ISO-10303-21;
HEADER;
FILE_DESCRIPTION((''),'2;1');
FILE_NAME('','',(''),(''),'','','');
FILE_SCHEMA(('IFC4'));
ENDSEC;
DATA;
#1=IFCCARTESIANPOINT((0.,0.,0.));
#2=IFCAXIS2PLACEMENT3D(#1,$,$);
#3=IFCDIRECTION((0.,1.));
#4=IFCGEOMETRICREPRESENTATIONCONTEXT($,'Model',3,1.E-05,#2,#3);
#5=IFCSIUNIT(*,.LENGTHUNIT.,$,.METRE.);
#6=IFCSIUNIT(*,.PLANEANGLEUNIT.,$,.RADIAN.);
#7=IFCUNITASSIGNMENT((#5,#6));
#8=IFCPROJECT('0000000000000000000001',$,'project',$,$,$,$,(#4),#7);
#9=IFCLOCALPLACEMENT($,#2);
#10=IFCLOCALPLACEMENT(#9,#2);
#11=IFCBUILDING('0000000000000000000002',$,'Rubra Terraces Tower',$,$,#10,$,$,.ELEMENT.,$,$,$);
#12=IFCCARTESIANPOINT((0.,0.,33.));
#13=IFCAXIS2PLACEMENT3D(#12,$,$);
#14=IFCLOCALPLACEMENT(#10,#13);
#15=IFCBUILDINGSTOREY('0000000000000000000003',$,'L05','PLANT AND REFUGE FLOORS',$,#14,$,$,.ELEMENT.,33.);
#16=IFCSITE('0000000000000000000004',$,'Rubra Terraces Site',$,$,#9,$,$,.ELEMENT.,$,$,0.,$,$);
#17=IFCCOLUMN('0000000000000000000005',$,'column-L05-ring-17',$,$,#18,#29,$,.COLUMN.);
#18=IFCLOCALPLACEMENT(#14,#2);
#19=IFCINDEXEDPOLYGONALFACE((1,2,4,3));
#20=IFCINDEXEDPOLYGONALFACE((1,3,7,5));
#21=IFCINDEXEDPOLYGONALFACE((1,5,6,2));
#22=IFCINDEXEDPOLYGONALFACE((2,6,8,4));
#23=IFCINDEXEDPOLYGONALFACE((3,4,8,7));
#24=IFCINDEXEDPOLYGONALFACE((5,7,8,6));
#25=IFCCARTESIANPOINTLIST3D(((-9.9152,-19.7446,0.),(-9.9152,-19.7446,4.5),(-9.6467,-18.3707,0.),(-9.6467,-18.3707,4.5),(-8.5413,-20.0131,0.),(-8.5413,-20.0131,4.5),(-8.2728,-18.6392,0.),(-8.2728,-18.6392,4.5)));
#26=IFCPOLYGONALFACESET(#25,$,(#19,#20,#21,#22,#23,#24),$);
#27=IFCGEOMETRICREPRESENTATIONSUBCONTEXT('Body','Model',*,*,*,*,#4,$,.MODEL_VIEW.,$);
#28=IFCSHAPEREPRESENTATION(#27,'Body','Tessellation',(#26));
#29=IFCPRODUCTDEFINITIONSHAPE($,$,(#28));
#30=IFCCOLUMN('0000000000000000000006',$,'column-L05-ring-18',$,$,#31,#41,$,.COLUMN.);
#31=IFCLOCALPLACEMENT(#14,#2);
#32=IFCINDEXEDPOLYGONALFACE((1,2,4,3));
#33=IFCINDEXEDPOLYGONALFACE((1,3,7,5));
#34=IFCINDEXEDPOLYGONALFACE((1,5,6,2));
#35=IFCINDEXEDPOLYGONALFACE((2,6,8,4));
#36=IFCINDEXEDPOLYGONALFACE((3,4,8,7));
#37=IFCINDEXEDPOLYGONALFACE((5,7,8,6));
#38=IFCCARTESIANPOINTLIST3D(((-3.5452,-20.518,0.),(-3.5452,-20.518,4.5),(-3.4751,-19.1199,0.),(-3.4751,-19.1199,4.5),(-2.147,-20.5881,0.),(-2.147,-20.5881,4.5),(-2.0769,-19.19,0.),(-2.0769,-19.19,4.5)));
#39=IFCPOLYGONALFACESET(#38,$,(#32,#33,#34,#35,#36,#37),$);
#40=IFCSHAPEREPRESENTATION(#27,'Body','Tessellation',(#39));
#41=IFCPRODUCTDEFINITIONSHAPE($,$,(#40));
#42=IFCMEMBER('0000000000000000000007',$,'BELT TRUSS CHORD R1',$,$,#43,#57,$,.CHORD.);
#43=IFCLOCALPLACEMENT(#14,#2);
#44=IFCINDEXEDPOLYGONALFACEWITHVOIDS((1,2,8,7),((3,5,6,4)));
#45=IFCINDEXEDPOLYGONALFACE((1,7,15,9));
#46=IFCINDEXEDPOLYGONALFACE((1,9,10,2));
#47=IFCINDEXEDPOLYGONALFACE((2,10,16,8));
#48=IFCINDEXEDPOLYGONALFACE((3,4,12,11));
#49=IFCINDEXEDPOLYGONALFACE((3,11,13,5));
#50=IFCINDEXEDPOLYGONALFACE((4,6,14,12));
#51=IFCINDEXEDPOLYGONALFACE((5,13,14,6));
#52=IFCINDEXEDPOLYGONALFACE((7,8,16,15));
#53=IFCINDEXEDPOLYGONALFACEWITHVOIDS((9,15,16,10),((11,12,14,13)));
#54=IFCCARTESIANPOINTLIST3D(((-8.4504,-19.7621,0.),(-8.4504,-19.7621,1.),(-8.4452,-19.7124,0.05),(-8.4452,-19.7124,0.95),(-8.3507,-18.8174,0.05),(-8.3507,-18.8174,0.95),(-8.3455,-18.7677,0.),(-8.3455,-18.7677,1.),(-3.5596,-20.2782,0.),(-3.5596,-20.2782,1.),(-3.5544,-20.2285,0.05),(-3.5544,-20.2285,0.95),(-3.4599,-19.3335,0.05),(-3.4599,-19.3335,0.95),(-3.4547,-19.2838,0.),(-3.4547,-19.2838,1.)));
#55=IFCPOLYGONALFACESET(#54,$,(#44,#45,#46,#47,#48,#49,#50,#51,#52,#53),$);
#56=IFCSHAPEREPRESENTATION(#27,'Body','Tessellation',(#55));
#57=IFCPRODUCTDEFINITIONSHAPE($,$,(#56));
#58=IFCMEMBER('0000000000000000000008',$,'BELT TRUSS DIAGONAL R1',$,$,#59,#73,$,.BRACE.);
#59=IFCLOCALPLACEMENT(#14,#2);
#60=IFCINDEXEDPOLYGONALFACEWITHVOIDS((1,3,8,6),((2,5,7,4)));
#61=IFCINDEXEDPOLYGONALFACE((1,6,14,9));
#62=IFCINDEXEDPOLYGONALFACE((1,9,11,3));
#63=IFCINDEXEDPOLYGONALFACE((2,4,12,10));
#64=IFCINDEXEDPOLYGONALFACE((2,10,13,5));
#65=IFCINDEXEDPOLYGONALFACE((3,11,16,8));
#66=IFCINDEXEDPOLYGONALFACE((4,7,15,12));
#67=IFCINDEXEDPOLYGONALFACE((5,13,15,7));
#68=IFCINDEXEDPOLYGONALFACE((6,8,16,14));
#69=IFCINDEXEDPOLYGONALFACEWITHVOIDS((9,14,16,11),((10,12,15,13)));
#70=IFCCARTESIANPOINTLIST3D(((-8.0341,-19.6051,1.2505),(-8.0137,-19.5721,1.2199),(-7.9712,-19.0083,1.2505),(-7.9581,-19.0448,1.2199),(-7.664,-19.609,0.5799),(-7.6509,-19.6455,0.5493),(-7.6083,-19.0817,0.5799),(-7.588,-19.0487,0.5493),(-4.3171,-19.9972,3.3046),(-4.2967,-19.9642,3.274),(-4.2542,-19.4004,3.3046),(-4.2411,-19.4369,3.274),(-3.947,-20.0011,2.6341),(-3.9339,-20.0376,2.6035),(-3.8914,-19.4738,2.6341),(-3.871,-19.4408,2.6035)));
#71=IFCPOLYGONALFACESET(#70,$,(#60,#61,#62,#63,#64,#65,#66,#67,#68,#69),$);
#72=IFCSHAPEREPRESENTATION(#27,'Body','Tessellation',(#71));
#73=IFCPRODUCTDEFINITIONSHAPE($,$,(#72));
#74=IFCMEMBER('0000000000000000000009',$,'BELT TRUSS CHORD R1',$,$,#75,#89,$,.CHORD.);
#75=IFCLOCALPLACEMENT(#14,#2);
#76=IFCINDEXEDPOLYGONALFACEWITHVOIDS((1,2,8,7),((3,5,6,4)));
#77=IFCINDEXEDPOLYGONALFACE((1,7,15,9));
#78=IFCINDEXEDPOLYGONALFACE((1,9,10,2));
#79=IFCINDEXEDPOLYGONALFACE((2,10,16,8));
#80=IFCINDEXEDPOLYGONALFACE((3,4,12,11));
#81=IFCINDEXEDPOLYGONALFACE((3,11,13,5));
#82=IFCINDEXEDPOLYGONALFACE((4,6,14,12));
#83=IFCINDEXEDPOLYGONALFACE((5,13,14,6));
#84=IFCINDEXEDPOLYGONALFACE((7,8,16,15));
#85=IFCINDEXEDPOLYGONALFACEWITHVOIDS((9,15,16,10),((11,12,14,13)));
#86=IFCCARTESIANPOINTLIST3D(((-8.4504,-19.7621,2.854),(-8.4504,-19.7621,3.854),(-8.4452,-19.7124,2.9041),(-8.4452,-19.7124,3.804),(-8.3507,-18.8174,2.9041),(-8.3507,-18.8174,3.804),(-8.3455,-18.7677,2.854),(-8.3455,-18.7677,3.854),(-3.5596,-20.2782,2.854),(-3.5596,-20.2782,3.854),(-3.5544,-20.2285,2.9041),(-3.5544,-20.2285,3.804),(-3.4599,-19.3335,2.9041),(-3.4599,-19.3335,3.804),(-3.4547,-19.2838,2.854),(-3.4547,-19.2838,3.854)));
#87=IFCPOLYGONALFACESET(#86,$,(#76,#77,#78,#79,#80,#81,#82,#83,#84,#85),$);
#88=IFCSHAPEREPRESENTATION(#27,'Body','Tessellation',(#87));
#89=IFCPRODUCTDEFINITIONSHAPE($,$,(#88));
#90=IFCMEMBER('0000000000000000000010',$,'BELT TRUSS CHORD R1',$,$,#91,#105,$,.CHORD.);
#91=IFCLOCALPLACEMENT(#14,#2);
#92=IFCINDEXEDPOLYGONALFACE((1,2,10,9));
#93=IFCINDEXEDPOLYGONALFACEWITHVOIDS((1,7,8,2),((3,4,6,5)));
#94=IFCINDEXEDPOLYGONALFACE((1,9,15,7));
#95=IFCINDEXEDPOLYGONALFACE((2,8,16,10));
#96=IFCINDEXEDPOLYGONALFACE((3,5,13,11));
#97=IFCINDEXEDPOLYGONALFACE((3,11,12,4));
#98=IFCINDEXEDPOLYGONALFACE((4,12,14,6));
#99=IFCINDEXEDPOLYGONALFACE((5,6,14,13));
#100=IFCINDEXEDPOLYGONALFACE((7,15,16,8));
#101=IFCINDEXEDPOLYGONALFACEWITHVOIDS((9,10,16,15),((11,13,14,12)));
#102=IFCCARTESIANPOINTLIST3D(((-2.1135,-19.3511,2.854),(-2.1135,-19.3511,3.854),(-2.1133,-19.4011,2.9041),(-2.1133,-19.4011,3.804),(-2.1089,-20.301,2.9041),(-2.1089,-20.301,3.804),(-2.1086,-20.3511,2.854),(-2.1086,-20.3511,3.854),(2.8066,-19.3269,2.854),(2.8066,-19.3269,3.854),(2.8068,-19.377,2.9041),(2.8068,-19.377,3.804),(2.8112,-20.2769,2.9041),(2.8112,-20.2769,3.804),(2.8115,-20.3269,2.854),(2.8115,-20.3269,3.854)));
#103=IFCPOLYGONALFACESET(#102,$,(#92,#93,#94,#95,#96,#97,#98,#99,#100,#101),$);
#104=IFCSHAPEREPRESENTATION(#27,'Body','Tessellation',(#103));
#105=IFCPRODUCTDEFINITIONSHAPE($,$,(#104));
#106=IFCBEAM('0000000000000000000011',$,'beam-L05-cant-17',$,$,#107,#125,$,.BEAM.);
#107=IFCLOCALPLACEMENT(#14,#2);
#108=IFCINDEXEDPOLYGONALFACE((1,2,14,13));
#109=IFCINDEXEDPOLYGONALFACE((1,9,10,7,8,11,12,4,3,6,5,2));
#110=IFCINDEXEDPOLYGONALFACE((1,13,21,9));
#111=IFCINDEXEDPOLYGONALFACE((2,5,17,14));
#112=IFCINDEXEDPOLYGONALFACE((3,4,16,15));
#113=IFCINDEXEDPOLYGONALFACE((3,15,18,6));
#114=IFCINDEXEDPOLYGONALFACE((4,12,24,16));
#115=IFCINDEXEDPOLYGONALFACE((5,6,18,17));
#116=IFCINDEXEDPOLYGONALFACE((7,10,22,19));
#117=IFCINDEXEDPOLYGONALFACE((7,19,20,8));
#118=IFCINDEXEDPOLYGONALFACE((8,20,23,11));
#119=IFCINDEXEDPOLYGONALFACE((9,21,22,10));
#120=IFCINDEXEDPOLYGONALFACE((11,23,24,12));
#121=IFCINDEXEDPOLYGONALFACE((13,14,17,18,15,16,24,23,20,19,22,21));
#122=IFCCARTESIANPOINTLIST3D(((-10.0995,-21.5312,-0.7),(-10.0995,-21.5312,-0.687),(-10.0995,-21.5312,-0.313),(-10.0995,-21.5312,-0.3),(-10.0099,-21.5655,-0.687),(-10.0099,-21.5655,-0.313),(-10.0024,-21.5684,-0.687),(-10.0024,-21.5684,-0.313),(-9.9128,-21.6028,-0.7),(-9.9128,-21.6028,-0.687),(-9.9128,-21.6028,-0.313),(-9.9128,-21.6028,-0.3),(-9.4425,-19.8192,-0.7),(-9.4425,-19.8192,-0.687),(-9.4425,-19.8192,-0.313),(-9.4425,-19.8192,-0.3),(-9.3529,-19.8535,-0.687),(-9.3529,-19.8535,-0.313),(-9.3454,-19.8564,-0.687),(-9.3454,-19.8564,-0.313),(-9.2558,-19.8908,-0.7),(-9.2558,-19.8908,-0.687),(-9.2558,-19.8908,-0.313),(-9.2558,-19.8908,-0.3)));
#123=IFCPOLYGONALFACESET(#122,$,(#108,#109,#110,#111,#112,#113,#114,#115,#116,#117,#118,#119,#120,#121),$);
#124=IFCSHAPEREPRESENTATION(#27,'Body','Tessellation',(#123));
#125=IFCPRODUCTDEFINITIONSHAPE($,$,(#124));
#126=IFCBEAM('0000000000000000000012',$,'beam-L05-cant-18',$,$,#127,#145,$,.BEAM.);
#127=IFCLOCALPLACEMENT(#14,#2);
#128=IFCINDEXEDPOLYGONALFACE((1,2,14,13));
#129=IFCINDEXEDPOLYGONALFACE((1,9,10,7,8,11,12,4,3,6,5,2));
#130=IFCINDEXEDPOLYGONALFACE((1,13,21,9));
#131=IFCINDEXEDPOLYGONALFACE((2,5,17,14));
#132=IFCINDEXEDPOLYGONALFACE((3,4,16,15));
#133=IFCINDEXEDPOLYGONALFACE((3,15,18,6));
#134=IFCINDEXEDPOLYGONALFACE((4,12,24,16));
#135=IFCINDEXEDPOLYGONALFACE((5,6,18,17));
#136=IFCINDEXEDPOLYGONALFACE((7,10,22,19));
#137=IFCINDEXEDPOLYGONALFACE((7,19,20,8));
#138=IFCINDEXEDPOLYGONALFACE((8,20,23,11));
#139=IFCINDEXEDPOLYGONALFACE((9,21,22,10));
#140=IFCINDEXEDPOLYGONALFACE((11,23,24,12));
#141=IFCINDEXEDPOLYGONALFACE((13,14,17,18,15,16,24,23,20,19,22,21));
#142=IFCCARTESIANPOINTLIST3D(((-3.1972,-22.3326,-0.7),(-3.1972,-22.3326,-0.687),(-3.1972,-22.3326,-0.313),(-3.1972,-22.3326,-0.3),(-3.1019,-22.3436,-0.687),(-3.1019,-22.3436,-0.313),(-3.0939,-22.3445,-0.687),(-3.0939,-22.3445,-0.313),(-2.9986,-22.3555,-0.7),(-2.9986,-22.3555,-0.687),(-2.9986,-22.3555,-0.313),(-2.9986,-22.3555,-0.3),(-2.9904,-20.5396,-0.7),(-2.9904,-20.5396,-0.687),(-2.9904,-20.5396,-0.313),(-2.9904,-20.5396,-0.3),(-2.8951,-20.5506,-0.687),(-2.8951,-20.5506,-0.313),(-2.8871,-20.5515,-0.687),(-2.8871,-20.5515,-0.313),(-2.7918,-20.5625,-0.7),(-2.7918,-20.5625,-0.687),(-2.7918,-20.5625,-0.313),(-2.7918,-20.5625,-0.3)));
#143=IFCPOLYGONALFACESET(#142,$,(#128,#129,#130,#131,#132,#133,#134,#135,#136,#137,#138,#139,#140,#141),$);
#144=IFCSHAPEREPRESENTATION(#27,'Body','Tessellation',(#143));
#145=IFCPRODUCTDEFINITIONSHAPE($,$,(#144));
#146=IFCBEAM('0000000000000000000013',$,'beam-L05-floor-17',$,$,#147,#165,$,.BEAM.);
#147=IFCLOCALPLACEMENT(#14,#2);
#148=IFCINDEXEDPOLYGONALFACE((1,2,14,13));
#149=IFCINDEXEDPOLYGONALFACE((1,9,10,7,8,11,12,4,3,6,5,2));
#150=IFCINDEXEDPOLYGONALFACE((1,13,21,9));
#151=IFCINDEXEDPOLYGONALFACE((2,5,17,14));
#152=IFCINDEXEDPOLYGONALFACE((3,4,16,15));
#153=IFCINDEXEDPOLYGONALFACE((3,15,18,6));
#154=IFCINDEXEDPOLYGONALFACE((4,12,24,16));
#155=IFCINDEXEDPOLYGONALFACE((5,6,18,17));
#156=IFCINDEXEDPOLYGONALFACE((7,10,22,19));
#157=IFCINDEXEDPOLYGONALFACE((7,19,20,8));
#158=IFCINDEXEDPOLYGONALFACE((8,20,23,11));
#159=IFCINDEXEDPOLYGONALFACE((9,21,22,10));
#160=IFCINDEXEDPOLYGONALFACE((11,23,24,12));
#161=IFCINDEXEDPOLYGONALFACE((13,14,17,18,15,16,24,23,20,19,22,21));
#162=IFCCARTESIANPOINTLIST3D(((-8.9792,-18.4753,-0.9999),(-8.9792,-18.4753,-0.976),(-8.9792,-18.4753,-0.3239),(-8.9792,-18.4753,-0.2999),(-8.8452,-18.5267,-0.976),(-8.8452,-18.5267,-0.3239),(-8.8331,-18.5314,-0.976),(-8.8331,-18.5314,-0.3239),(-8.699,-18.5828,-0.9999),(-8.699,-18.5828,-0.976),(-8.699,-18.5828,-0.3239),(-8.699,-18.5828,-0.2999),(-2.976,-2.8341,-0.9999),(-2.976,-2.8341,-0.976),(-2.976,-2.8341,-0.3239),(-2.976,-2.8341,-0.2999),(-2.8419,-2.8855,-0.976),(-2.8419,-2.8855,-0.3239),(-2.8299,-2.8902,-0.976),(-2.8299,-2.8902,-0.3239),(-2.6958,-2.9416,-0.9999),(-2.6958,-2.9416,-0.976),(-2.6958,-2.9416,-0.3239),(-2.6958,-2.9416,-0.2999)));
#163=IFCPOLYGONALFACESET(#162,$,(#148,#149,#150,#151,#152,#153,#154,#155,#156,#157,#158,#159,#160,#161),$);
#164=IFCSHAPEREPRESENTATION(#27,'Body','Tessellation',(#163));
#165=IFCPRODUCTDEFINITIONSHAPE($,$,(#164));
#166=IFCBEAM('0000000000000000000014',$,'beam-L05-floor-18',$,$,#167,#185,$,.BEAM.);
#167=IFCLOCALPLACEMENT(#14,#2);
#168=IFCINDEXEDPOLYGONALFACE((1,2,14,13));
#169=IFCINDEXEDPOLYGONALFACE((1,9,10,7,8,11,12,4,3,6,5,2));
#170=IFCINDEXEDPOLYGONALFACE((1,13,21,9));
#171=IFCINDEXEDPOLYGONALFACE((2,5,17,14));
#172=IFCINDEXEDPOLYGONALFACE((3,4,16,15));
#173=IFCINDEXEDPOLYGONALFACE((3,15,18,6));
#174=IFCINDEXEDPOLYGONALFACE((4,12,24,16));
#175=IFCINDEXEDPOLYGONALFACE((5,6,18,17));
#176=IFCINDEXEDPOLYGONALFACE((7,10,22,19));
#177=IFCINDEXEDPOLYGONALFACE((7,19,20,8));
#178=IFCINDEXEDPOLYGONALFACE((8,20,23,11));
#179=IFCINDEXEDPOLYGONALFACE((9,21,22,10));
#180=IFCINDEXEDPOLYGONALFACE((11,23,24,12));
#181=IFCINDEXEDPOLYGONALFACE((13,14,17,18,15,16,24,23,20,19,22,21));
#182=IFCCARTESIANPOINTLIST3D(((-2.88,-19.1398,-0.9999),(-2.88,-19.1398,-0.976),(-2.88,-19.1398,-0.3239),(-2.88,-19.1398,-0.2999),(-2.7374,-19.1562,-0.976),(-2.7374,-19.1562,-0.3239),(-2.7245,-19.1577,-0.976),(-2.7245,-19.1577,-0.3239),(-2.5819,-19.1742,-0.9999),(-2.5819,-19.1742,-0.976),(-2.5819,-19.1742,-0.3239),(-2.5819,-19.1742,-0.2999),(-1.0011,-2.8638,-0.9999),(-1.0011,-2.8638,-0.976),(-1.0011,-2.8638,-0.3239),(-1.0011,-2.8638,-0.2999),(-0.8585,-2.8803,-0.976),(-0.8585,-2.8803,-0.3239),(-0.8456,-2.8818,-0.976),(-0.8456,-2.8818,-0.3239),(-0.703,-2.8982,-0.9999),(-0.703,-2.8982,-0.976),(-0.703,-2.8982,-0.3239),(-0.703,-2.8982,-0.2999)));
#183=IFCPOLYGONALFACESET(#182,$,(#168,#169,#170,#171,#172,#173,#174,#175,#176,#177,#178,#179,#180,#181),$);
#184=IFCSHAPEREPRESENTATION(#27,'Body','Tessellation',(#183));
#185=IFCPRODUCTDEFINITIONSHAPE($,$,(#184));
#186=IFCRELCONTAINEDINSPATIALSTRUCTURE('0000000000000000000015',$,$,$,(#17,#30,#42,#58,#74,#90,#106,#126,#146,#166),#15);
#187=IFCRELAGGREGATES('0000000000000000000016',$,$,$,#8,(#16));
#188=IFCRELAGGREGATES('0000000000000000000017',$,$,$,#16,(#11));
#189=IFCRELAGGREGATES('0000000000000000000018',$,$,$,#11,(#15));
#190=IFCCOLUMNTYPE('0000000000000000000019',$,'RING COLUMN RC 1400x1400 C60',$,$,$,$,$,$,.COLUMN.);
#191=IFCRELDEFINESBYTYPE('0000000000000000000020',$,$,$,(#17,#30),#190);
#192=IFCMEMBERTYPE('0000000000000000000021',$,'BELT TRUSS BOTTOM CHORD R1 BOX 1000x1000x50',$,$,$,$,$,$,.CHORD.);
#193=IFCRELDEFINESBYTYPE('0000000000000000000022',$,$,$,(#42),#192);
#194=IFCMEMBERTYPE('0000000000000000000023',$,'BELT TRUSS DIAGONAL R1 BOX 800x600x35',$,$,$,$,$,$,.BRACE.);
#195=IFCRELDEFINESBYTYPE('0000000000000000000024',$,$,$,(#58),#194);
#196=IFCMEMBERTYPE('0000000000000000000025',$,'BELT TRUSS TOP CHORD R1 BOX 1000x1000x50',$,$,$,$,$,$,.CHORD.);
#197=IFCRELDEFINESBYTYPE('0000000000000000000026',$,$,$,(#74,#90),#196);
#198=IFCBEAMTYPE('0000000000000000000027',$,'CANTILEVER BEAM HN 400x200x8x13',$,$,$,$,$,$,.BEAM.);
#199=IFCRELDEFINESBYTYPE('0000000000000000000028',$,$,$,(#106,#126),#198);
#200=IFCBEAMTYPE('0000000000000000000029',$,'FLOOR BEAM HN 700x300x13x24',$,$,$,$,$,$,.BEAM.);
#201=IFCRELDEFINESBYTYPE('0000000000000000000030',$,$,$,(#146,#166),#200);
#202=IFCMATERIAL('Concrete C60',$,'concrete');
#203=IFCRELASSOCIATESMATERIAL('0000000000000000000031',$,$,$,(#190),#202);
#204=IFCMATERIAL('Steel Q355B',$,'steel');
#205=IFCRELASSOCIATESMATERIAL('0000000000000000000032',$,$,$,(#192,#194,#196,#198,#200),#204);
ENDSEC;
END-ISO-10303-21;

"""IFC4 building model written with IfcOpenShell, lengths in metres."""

from ifc_helpers import new_model, si_unit, direction, frame, origin, origin_2d, place, context, subcontext, project, spatial, rectangle, hollow_rectangle, i_section, extrude, material, material_profile, profile_set, type_object, element, save


model = new_model("IFC4")

# Units and contexts
model_context = context("Model", 3, precision=1e-05, world=origin(), true_north=direction((0.0, 1.0)))
body_context = subcontext(model_context, "Body", "Model", "MODEL_VIEW")
ifc_project = project(units=[si_unit("LENGTHUNIT", "METRE"), si_unit("PLANEANGLEUNIT", "RADIAN")], contexts=[model_context])

# Site, building, storey
site_placement = place(None, origin())
site = spatial("IfcSite", under=ifc_project, at=site_placement, Name="Rubra Terraces Site", CompositionType="ELEMENT", RefElevation=0.0)
building_placement = place(site_placement, origin())
building = spatial("IfcBuilding", under=site, at=building_placement, Name="Rubra Terraces Tower", CompositionType="ELEMENT")
storey_placement = place(building_placement, frame((0.0, 0.0, 33.0)))
storey = spatial("IfcBuildingStorey", under=building, at=storey_placement, Name="L05", Description="PLANT AND REFUGE FLOORS", CompositionType="ELEMENT", Elevation=33.0)

# Columns
ifc_material_1 = material(Name="Concrete C60", Category="concrete")
ifc_material_profile_1 = material_profile(ifc_material_1, rectangle(XDim=1.3999, YDim=1.3999, at=origin_2d()), Name="RC 1400x1400")
ifc_profile_set_1 = profile_set([ifc_material_profile_1], Name="Concrete C60")
column_type = type_object("IfcColumnType", Name="RING COLUMN RC 1400x1400 C60", PredefinedType="COLUMN", material=ifc_profile_set_1)
for number, where, z_axis, x_axis, name in (
    (1, (-9.094, -19.1919, 0.0), (0.0, 0.0, 1.0), (0.98143, -0.191819, 0.0), "column-L05-ring-17"),
    (2, (-2.811, -19.854, 0.0), (0.0, 0.0, 1.0), (0.998745, -0.050084, 0.0), "column-L05-ring-18"),
):
    element("IfcColumn", number, at=place(storey_placement, frame(where, z_axis=z_axis, x_axis=x_axis)), inside=storey, type_object=column_type, Name=name, PredefinedType="COLUMN", context=body_context, shape_type="SweptSolid", body=[
        extrude(rectangle(XDim=1.3999, YDim=1.3999, at=origin_2d()), origin(), (0.0, 0.0, 1.0), 4.5),
    ])

# Members
ifc_material_2 = material(Name="Steel Q355B", Category="steel")
ifc_material_profile_2 = material_profile(ifc_material_2, hollow_rectangle(XDim=1.0, YDim=1.0, WallThickness=0.05, at=origin_2d()), Name="BOX 1000x1000x50")
ifc_profile_set_2 = profile_set([ifc_material_profile_2], Name="Steel Q355B")
member_type_1 = type_object("IfcMemberType", Name="BELT TRUSS BOTTOM CHORD R1 BOX 1000x1000x50", PredefinedType="CHORD", material=ifc_profile_set_2)
member_1_placement = place(storey_placement, frame((-8.3979, -19.2649, 0.5), z_axis=(0.994478, -0.104943, 0.0), x_axis=(0.104943, 0.994478, 0.0)))
element("IfcMember", 3, at=member_1_placement, inside=storey, type_object=member_type_1, Name="BELT TRUSS CHORD R1", PredefinedType="CHORD", context=body_context, shape_type="SweptSolid", body=[
    extrude(hollow_rectangle(XDim=1.0, YDim=1.0, WallThickness=0.05, at=origin_2d()), origin(), (0.0, 0.0, 1.0), 4.918),
])
ifc_material_profile_3 = material_profile(ifc_material_2, hollow_rectangle(XDim=0.6001, YDim=0.8, WallThickness=0.0349, at=origin_2d()), Name="BOX 800x600x35")
ifc_profile_set_3 = profile_set([ifc_material_profile_3], Name="Steel Q355B")
member_type_2 = type_object("IfcMemberType", Name="BELT TRUSS DIAGONAL R1 BOX 800x600x35", PredefinedType="BRACE", material=ifc_profile_set_3)
member_2_placement = place(storey_placement, frame((-7.811, -19.3269, 0.8999), z_axis=(0.871531, -0.091933, 0.481646), x_axis=(0.104902, 0.994483, 0.0)))
element("IfcMember", 4, at=member_2_placement, inside=storey, type_object=member_type_2, Name="BELT TRUSS DIAGONAL R1", PredefinedType="BRACE", context=body_context, shape_type="SweptSolid", body=[
    extrude(hollow_rectangle(XDim=0.6001, YDim=0.8, WallThickness=0.0349, at=origin_2d()), origin(), (0.0, 0.0, 1.0), 4.2649),
])
ifc_material_profile_4 = material_profile(ifc_material_2, hollow_rectangle(XDim=1.0, YDim=1.0, WallThickness=0.05, at=origin_2d()), Name="BOX 1000x1000x50")
ifc_profile_set_4 = profile_set([ifc_material_profile_4], Name="Steel Q355B")
member_type_3 = type_object("IfcMemberType", Name="BELT TRUSS TOP CHORD R1 BOX 1000x1000x50", PredefinedType="CHORD", material=ifc_profile_set_4)
member_3_placement = place(storey_placement, frame((-8.3979, -19.2649, 3.354), z_axis=(0.994478, -0.104943, 0.0), x_axis=(0.104943, 0.994478, 0.0)))
element("IfcMember", 5, at=member_3_placement, inside=storey, type_object=member_type_3, Name="BELT TRUSS CHORD R1", PredefinedType="CHORD", context=body_context, shape_type="SweptSolid", body=[
    extrude(hollow_rectangle(XDim=1.0, YDim=1.0, WallThickness=0.05, at=origin_2d()), origin(), (0.0, 0.0, 1.0), 4.918),
])
member_4_placement = place(storey_placement, frame((-2.1111, -19.8511, 3.354), z_axis=(0.999988, 0.004912, 0.0), x_axis=(-0.004912, 0.999988, 0.0)))
element("IfcMember", 6, at=member_4_placement, inside=storey, type_object=member_type_3, Name="BELT TRUSS CHORD R1", PredefinedType="CHORD", context=body_context, shape_type="SweptSolid", body=[
    extrude(hollow_rectangle(XDim=1.0, YDim=1.0, WallThickness=0.05, at=origin_2d()), origin(), (0.0, 0.0, 1.0), 4.9202),
])

# Beams
ifc_material_profile_5 = material_profile(ifc_material_2, i_section(OverallWidth=0.2, OverallDepth=0.3999, WebThickness=0.0081, FlangeThickness=0.0129, at=origin_2d()), Name="HN 400x200x8x13")
ifc_profile_set_5 = profile_set([ifc_material_profile_5], Name="Steel Q355B")
beam_type_1 = type_object("IfcBeamType", Name="CANTILEVER BEAM HN 400x200x8x13", PredefinedType="BEAM", material=ifc_profile_set_5)
beam_1_placement = place(storey_placement, frame((-9.3491, -19.855, -0.5), z_axis=(-0.358292, -0.93361, 0.0), x_axis=(0.93361, -0.358292, 0.0)))
element("IfcBeam", 7, at=beam_1_placement, inside=storey, type_object=beam_type_1, Name="beam-L05-cant-17", PredefinedType="BEAM", context=body_context, shape_type="SweptSolid", body=[
    extrude(i_section(OverallWidth=0.2, OverallDepth=0.3999, WebThickness=0.0081, FlangeThickness=0.0129, at=origin_2d()), origin(), (0.0, 0.0, 1.0), 1.8337),
])
beam_2_placement = place(storey_placement, frame((-2.8911, -20.551, -0.5), z_axis=(-0.114573, -0.993415, 0.0), x_axis=(0.993415, -0.114573, 0.0)))
element("IfcBeam", 8, at=beam_2_placement, inside=storey, type_object=beam_type_1, Name="beam-L05-cant-18", PredefinedType="BEAM", context=body_context, shape_type="SweptSolid", body=[
    extrude(i_section(OverallWidth=0.2, OverallDepth=0.3999, WebThickness=0.0081, FlangeThickness=0.0129, at=origin_2d()), origin(), (0.0, 0.0, 1.0), 1.8049),
])
ifc_material_profile_6 = material_profile(ifc_material_2, i_section(OverallWidth=0.3, OverallDepth=0.7, WebThickness=0.0129, FlangeThickness=0.0239, at=origin_2d()), Name="HN 700x300x13x24")
ifc_profile_set_6 = profile_set([ifc_material_profile_6], Name="Steel Q355B")
beam_type_2 = type_object("IfcBeamType", Name="FLOOR BEAM HN 700x300x13x24", PredefinedType="BEAM", material=ifc_profile_set_6)
beam_3_placement = place(storey_placement, frame((-8.8391, -18.5291, -0.6499), z_axis=(0.358322, 0.933598, 0.0), x_axis=(-0.933598, 0.358322, 0.0)))
element("IfcBeam", 9, at=beam_3_placement, inside=storey, type_object=beam_type_2, Name="beam-L05-floor-17", PredefinedType="BEAM", context=body_context, shape_type="SweptSolid", body=[
    extrude(i_section(OverallWidth=0.3, OverallDepth=0.7, WebThickness=0.0129, FlangeThickness=0.0239, at=origin_2d()), origin(), (0.0, 0.0, 1.0), 16.7537),
])
beam_4_placement = place(storey_placement, frame((-2.731, -19.157, -0.6499), z_axis=(0.11468, 0.993403, 0.0), x_axis=(-0.993403, 0.11468, 0.0)))
element("IfcBeam", 10, at=beam_4_placement, inside=storey, type_object=beam_type_2, Name="beam-L05-floor-18", PredefinedType="BEAM", context=body_context, shape_type="SweptSolid", body=[
    extrude(i_section(OverallWidth=0.3, OverallDepth=0.7, WebThickness=0.0129, FlangeThickness=0.0239, at=origin_2d()), origin(), (0.0, 0.0, 1.0), 16.384),
])

save(model, "model.ifc")
